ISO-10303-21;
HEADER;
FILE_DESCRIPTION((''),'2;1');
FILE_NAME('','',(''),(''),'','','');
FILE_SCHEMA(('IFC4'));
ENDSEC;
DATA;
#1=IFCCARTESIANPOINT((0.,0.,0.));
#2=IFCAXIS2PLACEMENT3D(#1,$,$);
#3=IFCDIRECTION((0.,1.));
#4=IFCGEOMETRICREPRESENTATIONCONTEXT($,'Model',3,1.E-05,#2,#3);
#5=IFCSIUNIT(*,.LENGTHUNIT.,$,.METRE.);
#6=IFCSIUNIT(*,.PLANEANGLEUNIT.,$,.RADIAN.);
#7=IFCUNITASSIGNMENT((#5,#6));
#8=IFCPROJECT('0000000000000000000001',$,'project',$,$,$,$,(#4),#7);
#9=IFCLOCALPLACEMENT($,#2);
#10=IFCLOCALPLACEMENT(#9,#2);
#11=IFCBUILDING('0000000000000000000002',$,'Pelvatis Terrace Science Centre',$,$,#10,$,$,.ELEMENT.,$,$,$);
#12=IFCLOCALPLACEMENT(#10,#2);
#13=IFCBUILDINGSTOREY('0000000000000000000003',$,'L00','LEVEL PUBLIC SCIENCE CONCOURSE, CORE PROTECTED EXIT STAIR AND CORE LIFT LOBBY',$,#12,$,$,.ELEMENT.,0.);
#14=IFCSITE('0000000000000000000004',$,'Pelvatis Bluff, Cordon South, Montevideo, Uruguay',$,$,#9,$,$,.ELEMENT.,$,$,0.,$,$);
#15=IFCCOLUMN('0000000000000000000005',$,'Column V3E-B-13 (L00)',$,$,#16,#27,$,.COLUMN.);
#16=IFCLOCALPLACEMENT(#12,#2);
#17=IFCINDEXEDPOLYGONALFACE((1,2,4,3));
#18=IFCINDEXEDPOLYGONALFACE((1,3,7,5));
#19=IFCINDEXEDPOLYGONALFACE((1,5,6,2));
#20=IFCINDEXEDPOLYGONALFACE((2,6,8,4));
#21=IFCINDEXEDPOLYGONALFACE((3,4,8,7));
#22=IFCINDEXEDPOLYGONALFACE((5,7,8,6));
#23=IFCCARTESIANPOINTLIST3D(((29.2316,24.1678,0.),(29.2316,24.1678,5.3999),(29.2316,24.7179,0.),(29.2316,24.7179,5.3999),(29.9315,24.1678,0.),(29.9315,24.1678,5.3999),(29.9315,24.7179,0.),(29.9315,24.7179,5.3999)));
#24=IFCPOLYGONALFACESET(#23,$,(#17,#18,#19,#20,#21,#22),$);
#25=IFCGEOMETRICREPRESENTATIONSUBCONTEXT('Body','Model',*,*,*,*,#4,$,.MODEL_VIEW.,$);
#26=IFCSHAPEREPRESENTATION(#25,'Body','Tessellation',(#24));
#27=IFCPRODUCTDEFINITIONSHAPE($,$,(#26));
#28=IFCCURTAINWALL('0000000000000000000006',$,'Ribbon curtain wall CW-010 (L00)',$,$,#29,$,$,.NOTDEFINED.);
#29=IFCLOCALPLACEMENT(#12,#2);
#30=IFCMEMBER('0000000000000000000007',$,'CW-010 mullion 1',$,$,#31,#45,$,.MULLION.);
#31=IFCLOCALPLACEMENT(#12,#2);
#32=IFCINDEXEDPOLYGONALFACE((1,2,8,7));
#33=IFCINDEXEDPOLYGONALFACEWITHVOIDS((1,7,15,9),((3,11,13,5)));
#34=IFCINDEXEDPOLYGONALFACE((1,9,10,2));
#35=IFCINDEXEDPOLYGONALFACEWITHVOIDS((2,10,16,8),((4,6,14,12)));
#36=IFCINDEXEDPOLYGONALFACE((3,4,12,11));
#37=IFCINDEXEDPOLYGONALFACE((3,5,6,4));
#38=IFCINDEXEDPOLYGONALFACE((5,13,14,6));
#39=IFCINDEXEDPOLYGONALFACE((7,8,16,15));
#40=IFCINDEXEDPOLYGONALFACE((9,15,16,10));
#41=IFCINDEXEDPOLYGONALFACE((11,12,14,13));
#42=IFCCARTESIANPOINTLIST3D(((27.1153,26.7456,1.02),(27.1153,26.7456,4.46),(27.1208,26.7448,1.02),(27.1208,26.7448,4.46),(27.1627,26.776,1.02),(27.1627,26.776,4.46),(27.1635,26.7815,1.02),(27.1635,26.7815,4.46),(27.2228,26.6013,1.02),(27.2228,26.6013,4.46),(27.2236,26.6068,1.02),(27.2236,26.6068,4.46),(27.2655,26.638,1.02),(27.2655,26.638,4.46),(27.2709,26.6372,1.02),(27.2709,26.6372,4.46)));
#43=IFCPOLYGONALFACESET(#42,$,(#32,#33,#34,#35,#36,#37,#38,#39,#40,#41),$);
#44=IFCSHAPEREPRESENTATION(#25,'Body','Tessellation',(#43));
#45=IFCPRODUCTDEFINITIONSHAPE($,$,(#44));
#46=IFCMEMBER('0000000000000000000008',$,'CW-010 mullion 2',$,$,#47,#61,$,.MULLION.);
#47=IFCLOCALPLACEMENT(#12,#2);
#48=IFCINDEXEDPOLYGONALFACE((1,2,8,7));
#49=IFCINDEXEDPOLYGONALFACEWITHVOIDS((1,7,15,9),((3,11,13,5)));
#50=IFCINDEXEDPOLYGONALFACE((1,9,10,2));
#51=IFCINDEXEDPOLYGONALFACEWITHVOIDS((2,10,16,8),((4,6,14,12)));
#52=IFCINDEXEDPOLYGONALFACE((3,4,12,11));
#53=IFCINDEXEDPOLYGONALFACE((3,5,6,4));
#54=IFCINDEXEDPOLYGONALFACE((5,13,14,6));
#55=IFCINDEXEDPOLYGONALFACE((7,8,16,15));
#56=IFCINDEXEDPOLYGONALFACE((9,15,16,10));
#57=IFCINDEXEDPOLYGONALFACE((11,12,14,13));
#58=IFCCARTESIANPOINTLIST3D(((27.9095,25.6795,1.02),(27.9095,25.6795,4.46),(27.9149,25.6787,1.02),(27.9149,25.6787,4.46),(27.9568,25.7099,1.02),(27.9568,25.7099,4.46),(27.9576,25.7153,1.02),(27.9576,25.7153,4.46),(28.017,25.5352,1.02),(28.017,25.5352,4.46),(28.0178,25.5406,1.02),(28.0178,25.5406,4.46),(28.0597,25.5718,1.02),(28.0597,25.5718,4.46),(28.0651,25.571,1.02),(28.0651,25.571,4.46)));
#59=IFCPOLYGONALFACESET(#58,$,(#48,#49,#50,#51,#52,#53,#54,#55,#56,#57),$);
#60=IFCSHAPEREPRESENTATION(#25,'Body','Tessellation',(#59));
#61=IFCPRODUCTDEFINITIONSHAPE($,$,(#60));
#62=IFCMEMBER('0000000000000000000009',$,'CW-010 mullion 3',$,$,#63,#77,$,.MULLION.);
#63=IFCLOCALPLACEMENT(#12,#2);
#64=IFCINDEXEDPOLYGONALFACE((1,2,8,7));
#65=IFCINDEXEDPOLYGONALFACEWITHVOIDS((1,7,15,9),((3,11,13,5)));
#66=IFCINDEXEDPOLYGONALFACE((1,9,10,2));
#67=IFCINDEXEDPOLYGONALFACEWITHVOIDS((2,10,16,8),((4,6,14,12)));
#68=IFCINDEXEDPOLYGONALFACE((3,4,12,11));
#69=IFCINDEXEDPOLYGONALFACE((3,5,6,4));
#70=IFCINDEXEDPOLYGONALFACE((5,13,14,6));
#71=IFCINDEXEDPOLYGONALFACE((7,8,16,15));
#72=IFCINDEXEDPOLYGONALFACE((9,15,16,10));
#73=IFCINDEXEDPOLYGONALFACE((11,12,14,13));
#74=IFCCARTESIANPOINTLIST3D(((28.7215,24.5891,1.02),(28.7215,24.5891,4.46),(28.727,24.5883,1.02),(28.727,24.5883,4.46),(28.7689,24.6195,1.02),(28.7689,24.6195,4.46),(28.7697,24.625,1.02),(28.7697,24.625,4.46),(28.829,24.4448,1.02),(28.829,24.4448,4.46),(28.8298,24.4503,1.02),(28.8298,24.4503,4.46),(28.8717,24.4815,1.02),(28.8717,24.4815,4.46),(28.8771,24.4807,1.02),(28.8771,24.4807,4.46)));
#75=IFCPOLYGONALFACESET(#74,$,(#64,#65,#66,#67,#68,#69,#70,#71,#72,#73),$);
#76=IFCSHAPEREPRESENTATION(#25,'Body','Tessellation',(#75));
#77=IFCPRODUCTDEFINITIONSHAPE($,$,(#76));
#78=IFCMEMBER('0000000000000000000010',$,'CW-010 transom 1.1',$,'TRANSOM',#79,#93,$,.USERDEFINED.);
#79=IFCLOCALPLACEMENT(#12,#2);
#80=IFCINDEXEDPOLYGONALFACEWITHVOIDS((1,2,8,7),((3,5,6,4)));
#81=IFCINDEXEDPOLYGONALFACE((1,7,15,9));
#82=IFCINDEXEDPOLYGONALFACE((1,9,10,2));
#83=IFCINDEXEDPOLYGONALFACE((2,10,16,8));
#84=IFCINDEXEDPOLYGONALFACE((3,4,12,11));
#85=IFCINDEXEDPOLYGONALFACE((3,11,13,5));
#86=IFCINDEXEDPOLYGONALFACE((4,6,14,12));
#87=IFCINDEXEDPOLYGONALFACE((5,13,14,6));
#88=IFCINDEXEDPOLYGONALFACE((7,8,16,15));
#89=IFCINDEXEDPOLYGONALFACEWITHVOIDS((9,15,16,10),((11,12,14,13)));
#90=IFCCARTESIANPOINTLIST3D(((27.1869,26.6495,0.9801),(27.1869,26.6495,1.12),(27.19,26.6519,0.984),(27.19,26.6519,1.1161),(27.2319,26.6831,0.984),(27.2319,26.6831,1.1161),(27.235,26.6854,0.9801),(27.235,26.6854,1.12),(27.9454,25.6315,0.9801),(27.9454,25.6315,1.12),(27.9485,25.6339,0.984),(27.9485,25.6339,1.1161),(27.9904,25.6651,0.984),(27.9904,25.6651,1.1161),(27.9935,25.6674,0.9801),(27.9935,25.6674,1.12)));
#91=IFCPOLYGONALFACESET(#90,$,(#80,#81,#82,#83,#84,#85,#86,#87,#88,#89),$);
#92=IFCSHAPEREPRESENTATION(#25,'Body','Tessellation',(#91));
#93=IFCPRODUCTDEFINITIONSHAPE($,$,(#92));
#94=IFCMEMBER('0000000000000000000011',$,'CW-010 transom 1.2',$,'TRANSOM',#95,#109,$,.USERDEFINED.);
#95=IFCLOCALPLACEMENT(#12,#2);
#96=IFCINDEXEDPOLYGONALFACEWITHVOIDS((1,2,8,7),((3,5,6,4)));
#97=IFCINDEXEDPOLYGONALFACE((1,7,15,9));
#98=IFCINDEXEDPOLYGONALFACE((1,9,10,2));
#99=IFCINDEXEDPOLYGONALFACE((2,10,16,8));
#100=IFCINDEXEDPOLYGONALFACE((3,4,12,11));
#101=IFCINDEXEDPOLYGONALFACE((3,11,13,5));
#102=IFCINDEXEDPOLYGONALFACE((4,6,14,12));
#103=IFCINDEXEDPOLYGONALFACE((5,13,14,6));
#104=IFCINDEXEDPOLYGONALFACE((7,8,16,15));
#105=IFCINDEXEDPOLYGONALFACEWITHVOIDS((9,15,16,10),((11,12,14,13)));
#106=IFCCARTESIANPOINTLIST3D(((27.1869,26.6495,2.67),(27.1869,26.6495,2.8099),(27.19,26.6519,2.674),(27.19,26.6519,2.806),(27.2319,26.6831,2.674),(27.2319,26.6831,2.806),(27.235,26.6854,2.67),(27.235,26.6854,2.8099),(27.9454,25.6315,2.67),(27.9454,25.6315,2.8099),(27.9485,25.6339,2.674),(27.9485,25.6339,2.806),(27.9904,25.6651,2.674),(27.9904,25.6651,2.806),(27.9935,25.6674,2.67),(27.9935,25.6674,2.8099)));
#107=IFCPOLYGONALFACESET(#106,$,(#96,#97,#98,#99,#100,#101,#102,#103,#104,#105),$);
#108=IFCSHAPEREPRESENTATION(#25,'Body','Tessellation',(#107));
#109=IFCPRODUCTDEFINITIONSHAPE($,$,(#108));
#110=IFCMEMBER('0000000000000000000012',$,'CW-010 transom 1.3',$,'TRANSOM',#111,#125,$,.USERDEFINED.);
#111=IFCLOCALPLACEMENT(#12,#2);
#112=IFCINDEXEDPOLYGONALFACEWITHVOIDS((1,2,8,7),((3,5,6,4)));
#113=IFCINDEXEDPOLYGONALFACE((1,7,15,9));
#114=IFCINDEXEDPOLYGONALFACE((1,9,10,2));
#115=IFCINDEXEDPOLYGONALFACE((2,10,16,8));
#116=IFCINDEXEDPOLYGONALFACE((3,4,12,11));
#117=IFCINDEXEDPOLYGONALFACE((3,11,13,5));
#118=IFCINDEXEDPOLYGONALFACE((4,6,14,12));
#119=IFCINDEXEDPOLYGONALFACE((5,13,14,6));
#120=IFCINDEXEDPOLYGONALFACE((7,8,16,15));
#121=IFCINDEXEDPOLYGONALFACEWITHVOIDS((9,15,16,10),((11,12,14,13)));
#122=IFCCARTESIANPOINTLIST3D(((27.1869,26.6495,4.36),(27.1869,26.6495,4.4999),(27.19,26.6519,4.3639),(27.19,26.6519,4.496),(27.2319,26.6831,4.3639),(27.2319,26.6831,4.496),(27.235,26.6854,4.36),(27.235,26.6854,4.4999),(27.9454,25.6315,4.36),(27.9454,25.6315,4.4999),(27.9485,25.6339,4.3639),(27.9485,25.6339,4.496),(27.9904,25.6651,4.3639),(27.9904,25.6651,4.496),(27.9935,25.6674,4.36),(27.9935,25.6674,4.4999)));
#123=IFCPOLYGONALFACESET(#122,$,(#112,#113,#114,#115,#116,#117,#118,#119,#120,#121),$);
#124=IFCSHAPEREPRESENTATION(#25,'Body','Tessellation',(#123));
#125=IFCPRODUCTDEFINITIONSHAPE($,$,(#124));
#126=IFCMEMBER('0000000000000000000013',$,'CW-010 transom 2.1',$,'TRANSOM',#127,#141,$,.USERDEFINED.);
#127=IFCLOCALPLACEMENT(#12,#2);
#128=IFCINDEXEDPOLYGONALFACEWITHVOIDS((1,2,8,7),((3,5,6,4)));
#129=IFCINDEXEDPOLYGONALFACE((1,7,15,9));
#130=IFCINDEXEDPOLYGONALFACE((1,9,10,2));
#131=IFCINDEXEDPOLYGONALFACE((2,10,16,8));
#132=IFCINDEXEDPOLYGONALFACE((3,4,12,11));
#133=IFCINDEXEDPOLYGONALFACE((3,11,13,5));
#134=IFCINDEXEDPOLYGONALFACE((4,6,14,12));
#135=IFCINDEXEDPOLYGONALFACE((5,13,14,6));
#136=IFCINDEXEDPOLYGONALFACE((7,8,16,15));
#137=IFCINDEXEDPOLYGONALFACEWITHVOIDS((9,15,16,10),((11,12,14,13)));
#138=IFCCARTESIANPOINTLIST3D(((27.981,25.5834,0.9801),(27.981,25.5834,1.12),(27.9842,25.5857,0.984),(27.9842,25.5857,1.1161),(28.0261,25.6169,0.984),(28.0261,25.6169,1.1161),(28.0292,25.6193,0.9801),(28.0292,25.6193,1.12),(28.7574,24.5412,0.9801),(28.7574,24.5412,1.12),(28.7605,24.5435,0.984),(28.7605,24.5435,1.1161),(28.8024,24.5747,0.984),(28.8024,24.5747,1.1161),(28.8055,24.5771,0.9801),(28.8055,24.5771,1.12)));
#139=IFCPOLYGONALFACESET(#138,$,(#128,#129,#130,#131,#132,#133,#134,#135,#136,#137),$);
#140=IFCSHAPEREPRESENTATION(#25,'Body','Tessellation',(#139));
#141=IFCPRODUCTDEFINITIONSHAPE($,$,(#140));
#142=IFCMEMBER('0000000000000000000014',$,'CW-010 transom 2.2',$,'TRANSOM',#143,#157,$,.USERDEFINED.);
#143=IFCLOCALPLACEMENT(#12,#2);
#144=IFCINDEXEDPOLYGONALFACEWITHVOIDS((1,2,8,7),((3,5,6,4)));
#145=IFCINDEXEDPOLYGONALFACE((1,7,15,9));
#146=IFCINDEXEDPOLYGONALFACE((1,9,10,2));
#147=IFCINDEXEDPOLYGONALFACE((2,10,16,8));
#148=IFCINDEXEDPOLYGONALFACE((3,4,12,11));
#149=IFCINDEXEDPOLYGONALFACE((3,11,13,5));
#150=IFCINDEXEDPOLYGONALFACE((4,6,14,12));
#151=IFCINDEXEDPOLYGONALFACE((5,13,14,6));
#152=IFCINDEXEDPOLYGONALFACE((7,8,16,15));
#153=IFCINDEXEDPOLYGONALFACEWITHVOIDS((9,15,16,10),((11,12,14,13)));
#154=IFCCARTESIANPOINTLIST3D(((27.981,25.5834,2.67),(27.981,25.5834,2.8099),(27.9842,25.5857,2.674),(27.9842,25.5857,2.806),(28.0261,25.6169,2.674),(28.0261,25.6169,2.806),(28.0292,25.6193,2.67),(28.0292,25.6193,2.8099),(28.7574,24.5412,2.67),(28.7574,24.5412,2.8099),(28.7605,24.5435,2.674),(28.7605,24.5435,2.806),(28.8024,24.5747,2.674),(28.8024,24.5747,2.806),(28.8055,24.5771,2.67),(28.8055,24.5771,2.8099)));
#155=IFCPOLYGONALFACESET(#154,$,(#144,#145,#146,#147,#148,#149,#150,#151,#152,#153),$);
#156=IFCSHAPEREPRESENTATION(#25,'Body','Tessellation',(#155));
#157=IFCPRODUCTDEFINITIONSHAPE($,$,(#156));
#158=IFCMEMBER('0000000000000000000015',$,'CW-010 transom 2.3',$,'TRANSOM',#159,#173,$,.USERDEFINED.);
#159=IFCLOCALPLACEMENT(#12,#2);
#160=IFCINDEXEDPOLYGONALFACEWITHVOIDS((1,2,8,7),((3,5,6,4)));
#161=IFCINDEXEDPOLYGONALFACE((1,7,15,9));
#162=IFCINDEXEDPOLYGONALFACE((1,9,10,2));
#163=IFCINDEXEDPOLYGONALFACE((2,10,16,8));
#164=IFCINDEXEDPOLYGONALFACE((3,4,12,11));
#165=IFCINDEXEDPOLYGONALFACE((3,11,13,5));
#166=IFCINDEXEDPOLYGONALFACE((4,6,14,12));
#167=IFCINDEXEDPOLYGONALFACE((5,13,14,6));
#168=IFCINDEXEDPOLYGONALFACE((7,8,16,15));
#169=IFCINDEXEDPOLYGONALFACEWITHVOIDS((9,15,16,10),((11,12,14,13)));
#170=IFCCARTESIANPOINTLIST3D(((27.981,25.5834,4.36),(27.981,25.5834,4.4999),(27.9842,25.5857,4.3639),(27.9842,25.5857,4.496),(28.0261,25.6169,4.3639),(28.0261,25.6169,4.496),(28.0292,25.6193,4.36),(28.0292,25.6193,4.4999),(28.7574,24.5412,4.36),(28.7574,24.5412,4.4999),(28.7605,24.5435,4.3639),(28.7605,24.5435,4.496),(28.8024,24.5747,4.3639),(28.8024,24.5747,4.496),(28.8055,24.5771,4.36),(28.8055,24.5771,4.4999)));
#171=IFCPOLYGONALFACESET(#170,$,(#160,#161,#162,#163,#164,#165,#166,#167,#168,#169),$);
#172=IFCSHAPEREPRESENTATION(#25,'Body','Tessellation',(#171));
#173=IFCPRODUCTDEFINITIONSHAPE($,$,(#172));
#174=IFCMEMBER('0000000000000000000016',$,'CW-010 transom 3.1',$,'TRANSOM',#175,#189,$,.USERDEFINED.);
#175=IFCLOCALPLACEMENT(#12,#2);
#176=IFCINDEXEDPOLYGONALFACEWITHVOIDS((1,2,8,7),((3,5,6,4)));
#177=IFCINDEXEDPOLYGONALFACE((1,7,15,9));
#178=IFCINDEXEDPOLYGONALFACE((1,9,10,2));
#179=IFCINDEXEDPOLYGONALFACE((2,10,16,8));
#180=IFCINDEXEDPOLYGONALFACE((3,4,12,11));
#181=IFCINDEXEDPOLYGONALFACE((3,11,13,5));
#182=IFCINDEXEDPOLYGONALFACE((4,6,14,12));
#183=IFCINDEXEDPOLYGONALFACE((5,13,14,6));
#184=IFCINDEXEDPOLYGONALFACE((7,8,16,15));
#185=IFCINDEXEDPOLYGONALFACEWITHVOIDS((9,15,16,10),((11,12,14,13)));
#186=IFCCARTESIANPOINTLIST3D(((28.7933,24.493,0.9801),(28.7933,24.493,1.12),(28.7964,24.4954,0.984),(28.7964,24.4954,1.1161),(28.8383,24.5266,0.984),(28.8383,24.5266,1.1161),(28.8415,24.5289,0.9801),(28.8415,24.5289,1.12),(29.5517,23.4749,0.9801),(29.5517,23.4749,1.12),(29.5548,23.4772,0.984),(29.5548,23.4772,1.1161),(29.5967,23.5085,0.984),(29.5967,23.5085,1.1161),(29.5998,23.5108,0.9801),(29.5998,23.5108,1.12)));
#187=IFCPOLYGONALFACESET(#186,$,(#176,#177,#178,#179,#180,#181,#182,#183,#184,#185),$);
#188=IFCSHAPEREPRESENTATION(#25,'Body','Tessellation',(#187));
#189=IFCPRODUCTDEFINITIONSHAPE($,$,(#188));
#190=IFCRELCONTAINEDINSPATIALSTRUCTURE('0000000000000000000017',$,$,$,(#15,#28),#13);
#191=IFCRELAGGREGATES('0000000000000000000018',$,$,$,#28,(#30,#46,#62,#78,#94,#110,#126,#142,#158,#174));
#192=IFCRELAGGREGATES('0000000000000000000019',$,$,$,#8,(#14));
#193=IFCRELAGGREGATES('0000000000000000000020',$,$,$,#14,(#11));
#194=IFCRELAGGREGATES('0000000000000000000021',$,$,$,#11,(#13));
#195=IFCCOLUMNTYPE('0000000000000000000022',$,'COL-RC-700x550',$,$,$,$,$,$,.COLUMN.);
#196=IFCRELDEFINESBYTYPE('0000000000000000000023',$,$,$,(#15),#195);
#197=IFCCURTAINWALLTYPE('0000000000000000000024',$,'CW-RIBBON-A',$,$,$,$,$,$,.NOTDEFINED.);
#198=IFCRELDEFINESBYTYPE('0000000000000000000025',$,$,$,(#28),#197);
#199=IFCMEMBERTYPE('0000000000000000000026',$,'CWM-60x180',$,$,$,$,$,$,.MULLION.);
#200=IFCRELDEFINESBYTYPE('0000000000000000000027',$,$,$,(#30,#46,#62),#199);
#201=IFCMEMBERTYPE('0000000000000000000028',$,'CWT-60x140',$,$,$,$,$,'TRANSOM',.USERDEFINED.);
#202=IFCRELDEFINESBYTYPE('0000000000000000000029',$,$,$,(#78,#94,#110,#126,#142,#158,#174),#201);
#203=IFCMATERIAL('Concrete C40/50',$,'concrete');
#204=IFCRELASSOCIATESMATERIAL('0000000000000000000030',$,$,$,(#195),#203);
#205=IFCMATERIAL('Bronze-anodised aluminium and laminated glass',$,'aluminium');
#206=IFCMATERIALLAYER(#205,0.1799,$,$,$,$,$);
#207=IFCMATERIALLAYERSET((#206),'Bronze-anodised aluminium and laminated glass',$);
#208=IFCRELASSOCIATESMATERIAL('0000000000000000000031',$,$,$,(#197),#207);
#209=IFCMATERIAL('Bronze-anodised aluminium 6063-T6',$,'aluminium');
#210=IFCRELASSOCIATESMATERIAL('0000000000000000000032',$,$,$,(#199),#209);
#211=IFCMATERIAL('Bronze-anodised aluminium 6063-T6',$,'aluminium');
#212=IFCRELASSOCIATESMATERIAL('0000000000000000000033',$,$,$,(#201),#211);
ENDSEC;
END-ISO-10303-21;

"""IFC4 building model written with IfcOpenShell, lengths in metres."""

from ifc_helpers import new_model, si_unit, direction, frame, origin, origin_2d, place, context, subcontext, project, spatial, rectangle, hollow_rectangle, extrude, material, layer, layer_set, material_profile, profile_set, type_object, element, aggregate, save


model = new_model("IFC4")

# Units and contexts
model_context = context("Model", 3, precision=1e-05, world=origin(), true_north=direction((0.0, 1.0)))
body_context = subcontext(model_context, "Body", "Model", "MODEL_VIEW")
ifc_project = project(units=[si_unit("LENGTHUNIT", "METRE"), si_unit("PLANEANGLEUNIT", "RADIAN")], contexts=[model_context])

# Site, building, storey
site_placement = place(None, origin())
site = spatial("IfcSite", under=ifc_project, at=site_placement, Name="Pelvatis Bluff, Cordon South, Montevideo, Uruguay", CompositionType="ELEMENT", RefElevation=0.0)
building_placement = place(site_placement, origin())
building = spatial("IfcBuilding", under=site, at=building_placement, Name="Pelvatis Terrace Science Centre", CompositionType="ELEMENT")
storey_placement = place(building_placement, origin())
storey = spatial("IfcBuildingStorey", under=building, at=storey_placement, Name="L00", Description="LEVEL PUBLIC SCIENCE CONCOURSE, CORE PROTECTED EXIT STAIR AND CORE LIFT LOBBY", CompositionType="ELEMENT", Elevation=0.0)

# Column
ifc_material_1 = material(Name="Concrete C40/50", Category="concrete")
ifc_material_profile_1 = material_profile(ifc_material_1, rectangle(XDim=0.7, YDim=0.55, at=origin_2d()), Name="RC-COL 700x550")
ifc_profile_set_1 = profile_set([ifc_material_profile_1], Name="Concrete C40/50")
column_type = type_object("IfcColumnType", Name="COL-RC-700x550", PredefinedType="COLUMN", material=ifc_profile_set_1)
column_placement = place(storey_placement, frame((29.5815, 24.4429, 0.0), z_axis=(0.0, 0.0, 1.0), x_axis=(1.0, 0.0, 0.0)))
element("IfcColumn", 1, at=column_placement, inside=storey, type_object=column_type, Name="Column V3E-B-13 (L00)", PredefinedType="COLUMN", context=body_context, shape_type="SweptSolid", body=[
    extrude(rectangle(XDim=0.7, YDim=0.55, at=origin_2d()), origin(), (0.0, 0.0, 1.0), 5.3999),
])

# Curtain wall, members
ifc_material_2 = material(Name="Bronze-anodised aluminium and laminated glass", Category="aluminium")
ifc_layer_1 = layer(ifc_material_2, 0.1799)
ifc_layer_set_1 = layer_set([ifc_layer_1], Name="Bronze-anodised aluminium and laminated glass")
curtain_wall_type = type_object("IfcCurtainWallType", Name="CW-RIBBON-A", PredefinedType="NOTDEFINED", material=ifc_layer_set_1)
curtain_wall_placement = place(storey_placement, origin())
curtain_wall = element("IfcCurtainWall", 2, at=curtain_wall_placement, inside=storey, type_object=curtain_wall_type, Name="Ribbon curtain wall CW-010 (L00)", PredefinedType="NOTDEFINED")
ifc_material_3 = material(Name="Bronze-anodised aluminium 6063-T6", Category="aluminium")
ifc_material_profile_2 = material_profile(ifc_material_3, hollow_rectangle(XDim=0.0601, YDim=0.1799, WallThickness=0.0039, at=origin_2d()), Name="ALU-MUL 60x180")
ifc_profile_set_2 = profile_set([ifc_material_profile_2], Name="Bronze-anodised aluminium 6063-T6")
member_type_1 = type_object("IfcMemberType", Name="CWM-60x180", PredefinedType="MULLION", material=ifc_profile_set_2)
member_1_placement = place(storey_placement, frame((27.1931, 26.6914, 1.02), z_axis=(0.0, 0.0, 1.0), x_axis=(0.801964, 0.597372, 0.0)))
member_1 = element("IfcMember", 3, at=member_1_placement, type_object=member_type_1, Name="CW-010 mullion 1", PredefinedType="MULLION", context=body_context, shape_type="SweptSolid", body=[
    extrude(hollow_rectangle(XDim=0.0601, YDim=0.1799, WallThickness=0.0039, at=origin_2d()), origin(), (0.0, 0.0, 1.0), 3.4399),
])
member_2_placement = place(storey_placement, frame((27.9873, 25.6252, 1.02), z_axis=(0.0, 0.0, 1.0), x_axis=(0.801964, 0.597372, 0.0)))
member_2 = element("IfcMember", 4, at=member_2_placement, type_object=member_type_1, Name="CW-010 mullion 2", PredefinedType="MULLION", context=body_context, shape_type="SweptSolid", body=[
    extrude(hollow_rectangle(XDim=0.0601, YDim=0.1799, WallThickness=0.0039, at=origin_2d()), origin(), (0.0, 0.0, 1.0), 3.4399),
])
member_3_placement = place(storey_placement, frame((28.7993, 24.5349, 1.02), z_axis=(0.0, 0.0, 1.0), x_axis=(0.801964, 0.597372, 0.0)))
member_3 = element("IfcMember", 5, at=member_3_placement, type_object=member_type_1, Name="CW-010 mullion 3", PredefinedType="MULLION", context=body_context, shape_type="SweptSolid", body=[
    extrude(hollow_rectangle(XDim=0.0601, YDim=0.1799, WallThickness=0.0039, at=origin_2d()), origin(), (0.0, 0.0, 1.0), 3.4399),
])
ifc_material_4 = material(Name="Bronze-anodised aluminium 6063-T6", Category="aluminium")
ifc_material_profile_3 = material_profile(ifc_material_4, hollow_rectangle(XDim=0.0601, YDim=0.1399, WallThickness=0.0039, at=origin_2d()), Name="ALU-TRN 60x140")
ifc_profile_set_3 = profile_set([ifc_material_profile_3], Name="Bronze-anodised aluminium 6063-T6")
member_type_2 = type_object("IfcMemberType", Name="CWT-60x140", ElementType="TRANSOM", PredefinedType="USERDEFINED", material=ifc_profile_set_3)
member_4_placement = place(storey_placement, frame((27.2109, 26.6675, 1.05), z_axis=(0.597474, -0.801888, 0.0), x_axis=(0.801888, 0.597474, 0.0)))
member_4 = element("IfcMember", 6, at=member_4_placement, type_object=member_type_2, Name="CW-010 transom 1.1", ObjectType="TRANSOM", PredefinedType="USERDEFINED", context=body_context, shape_type="SweptSolid", body=[
    extrude(hollow_rectangle(XDim=0.0601, YDim=0.1399, WallThickness=0.0039, at=origin_2d()), origin(), (0.0, 0.0, 1.0), 1.2695),
])
member_5_placement = place(storey_placement, frame((27.2109, 26.6675, 2.74), z_axis=(0.597474, -0.801888, 0.0), x_axis=(0.801888, 0.597474, 0.0)))
member_5 = element("IfcMember", 7, at=member_5_placement, type_object=member_type_2, Name="CW-010 transom 1.2", ObjectType="TRANSOM", PredefinedType="USERDEFINED", context=body_context, shape_type="SweptSolid", body=[
    extrude(hollow_rectangle(XDim=0.0601, YDim=0.1399, WallThickness=0.0039, at=origin_2d()), origin(), (0.0, 0.0, 1.0), 1.2695),
])
member_6_placement = place(storey_placement, frame((27.2109, 26.6675, 4.4299), z_axis=(0.597474, -0.801888, 0.0), x_axis=(0.801888, 0.597474, 0.0)))
member_6 = element("IfcMember", 8, at=member_6_placement, type_object=member_type_2, Name="CW-010 transom 1.3", ObjectType="TRANSOM", PredefinedType="USERDEFINED", context=body_context, shape_type="SweptSolid", body=[
    extrude(hollow_rectangle(XDim=0.0601, YDim=0.1399, WallThickness=0.0039, at=origin_2d()), origin(), (0.0, 0.0, 1.0), 1.2695),
])
member_7_placement = place(storey_placement, frame((28.0051, 25.6013, 1.05), z_axis=(0.597382, -0.801957, 0.0), x_axis=(0.801957, 0.597382, 0.0)))
member_7 = element("IfcMember", 9, at=member_7_placement, type_object=member_type_2, Name="CW-010 transom 2.1", ObjectType="TRANSOM", PredefinedType="USERDEFINED", context=body_context, shape_type="SweptSolid", body=[
    extrude(hollow_rectangle(XDim=0.0601, YDim=0.1399, WallThickness=0.0039, at=origin_2d()), origin(), (0.0, 0.0, 1.0), 1.2996),
])
member_8_placement = place(storey_placement, frame((28.0051, 25.6013, 2.74), z_axis=(0.597382, -0.801957, 0.0), x_axis=(0.801957, 0.597382, 0.0)))
member_8 = element("IfcMember", 10, at=member_8_placement, type_object=member_type_2, Name="CW-010 transom 2.2", ObjectType="TRANSOM", PredefinedType="USERDEFINED", context=body_context, shape_type="SweptSolid", body=[
    extrude(hollow_rectangle(XDim=0.0601, YDim=0.1399, WallThickness=0.0039, at=origin_2d()), origin(), (0.0, 0.0, 1.0), 1.2996),
])
member_9_placement = place(storey_placement, frame((28.0051, 25.6013, 4.4299), z_axis=(0.597382, -0.801957, 0.0), x_axis=(0.801957, 0.597382, 0.0)))
member_9 = element("IfcMember", 11, at=member_9_placement, type_object=member_type_2, Name="CW-010 transom 2.3", ObjectType="TRANSOM", PredefinedType="USERDEFINED", context=body_context, shape_type="SweptSolid", body=[
    extrude(hollow_rectangle(XDim=0.0601, YDim=0.1399, WallThickness=0.0039, at=origin_2d()), origin(), (0.0, 0.0, 1.0), 1.2996),
])
member_10_placement = place(storey_placement, frame((28.8174, 24.511, 1.05), z_axis=(0.59735, -0.80198, 0.0), x_axis=(0.80198, 0.59735, 0.0)))
member_10 = element("IfcMember", 12, at=member_10_placement, type_object=member_type_2, Name="CW-010 transom 3.1", ObjectType="TRANSOM", PredefinedType="USERDEFINED", context=body_context, shape_type="SweptSolid", body=[
    extrude(hollow_rectangle(XDim=0.0601, YDim=0.1399, WallThickness=0.0039, at=origin_2d()), origin(), (0.0, 0.0, 1.0), 1.2695),
])

aggregate(curtain_wall, [member_1, member_2, member_3, member_4, member_5, member_6, member_7, member_8, member_9, member_10])

save(model, "model.ifc")
